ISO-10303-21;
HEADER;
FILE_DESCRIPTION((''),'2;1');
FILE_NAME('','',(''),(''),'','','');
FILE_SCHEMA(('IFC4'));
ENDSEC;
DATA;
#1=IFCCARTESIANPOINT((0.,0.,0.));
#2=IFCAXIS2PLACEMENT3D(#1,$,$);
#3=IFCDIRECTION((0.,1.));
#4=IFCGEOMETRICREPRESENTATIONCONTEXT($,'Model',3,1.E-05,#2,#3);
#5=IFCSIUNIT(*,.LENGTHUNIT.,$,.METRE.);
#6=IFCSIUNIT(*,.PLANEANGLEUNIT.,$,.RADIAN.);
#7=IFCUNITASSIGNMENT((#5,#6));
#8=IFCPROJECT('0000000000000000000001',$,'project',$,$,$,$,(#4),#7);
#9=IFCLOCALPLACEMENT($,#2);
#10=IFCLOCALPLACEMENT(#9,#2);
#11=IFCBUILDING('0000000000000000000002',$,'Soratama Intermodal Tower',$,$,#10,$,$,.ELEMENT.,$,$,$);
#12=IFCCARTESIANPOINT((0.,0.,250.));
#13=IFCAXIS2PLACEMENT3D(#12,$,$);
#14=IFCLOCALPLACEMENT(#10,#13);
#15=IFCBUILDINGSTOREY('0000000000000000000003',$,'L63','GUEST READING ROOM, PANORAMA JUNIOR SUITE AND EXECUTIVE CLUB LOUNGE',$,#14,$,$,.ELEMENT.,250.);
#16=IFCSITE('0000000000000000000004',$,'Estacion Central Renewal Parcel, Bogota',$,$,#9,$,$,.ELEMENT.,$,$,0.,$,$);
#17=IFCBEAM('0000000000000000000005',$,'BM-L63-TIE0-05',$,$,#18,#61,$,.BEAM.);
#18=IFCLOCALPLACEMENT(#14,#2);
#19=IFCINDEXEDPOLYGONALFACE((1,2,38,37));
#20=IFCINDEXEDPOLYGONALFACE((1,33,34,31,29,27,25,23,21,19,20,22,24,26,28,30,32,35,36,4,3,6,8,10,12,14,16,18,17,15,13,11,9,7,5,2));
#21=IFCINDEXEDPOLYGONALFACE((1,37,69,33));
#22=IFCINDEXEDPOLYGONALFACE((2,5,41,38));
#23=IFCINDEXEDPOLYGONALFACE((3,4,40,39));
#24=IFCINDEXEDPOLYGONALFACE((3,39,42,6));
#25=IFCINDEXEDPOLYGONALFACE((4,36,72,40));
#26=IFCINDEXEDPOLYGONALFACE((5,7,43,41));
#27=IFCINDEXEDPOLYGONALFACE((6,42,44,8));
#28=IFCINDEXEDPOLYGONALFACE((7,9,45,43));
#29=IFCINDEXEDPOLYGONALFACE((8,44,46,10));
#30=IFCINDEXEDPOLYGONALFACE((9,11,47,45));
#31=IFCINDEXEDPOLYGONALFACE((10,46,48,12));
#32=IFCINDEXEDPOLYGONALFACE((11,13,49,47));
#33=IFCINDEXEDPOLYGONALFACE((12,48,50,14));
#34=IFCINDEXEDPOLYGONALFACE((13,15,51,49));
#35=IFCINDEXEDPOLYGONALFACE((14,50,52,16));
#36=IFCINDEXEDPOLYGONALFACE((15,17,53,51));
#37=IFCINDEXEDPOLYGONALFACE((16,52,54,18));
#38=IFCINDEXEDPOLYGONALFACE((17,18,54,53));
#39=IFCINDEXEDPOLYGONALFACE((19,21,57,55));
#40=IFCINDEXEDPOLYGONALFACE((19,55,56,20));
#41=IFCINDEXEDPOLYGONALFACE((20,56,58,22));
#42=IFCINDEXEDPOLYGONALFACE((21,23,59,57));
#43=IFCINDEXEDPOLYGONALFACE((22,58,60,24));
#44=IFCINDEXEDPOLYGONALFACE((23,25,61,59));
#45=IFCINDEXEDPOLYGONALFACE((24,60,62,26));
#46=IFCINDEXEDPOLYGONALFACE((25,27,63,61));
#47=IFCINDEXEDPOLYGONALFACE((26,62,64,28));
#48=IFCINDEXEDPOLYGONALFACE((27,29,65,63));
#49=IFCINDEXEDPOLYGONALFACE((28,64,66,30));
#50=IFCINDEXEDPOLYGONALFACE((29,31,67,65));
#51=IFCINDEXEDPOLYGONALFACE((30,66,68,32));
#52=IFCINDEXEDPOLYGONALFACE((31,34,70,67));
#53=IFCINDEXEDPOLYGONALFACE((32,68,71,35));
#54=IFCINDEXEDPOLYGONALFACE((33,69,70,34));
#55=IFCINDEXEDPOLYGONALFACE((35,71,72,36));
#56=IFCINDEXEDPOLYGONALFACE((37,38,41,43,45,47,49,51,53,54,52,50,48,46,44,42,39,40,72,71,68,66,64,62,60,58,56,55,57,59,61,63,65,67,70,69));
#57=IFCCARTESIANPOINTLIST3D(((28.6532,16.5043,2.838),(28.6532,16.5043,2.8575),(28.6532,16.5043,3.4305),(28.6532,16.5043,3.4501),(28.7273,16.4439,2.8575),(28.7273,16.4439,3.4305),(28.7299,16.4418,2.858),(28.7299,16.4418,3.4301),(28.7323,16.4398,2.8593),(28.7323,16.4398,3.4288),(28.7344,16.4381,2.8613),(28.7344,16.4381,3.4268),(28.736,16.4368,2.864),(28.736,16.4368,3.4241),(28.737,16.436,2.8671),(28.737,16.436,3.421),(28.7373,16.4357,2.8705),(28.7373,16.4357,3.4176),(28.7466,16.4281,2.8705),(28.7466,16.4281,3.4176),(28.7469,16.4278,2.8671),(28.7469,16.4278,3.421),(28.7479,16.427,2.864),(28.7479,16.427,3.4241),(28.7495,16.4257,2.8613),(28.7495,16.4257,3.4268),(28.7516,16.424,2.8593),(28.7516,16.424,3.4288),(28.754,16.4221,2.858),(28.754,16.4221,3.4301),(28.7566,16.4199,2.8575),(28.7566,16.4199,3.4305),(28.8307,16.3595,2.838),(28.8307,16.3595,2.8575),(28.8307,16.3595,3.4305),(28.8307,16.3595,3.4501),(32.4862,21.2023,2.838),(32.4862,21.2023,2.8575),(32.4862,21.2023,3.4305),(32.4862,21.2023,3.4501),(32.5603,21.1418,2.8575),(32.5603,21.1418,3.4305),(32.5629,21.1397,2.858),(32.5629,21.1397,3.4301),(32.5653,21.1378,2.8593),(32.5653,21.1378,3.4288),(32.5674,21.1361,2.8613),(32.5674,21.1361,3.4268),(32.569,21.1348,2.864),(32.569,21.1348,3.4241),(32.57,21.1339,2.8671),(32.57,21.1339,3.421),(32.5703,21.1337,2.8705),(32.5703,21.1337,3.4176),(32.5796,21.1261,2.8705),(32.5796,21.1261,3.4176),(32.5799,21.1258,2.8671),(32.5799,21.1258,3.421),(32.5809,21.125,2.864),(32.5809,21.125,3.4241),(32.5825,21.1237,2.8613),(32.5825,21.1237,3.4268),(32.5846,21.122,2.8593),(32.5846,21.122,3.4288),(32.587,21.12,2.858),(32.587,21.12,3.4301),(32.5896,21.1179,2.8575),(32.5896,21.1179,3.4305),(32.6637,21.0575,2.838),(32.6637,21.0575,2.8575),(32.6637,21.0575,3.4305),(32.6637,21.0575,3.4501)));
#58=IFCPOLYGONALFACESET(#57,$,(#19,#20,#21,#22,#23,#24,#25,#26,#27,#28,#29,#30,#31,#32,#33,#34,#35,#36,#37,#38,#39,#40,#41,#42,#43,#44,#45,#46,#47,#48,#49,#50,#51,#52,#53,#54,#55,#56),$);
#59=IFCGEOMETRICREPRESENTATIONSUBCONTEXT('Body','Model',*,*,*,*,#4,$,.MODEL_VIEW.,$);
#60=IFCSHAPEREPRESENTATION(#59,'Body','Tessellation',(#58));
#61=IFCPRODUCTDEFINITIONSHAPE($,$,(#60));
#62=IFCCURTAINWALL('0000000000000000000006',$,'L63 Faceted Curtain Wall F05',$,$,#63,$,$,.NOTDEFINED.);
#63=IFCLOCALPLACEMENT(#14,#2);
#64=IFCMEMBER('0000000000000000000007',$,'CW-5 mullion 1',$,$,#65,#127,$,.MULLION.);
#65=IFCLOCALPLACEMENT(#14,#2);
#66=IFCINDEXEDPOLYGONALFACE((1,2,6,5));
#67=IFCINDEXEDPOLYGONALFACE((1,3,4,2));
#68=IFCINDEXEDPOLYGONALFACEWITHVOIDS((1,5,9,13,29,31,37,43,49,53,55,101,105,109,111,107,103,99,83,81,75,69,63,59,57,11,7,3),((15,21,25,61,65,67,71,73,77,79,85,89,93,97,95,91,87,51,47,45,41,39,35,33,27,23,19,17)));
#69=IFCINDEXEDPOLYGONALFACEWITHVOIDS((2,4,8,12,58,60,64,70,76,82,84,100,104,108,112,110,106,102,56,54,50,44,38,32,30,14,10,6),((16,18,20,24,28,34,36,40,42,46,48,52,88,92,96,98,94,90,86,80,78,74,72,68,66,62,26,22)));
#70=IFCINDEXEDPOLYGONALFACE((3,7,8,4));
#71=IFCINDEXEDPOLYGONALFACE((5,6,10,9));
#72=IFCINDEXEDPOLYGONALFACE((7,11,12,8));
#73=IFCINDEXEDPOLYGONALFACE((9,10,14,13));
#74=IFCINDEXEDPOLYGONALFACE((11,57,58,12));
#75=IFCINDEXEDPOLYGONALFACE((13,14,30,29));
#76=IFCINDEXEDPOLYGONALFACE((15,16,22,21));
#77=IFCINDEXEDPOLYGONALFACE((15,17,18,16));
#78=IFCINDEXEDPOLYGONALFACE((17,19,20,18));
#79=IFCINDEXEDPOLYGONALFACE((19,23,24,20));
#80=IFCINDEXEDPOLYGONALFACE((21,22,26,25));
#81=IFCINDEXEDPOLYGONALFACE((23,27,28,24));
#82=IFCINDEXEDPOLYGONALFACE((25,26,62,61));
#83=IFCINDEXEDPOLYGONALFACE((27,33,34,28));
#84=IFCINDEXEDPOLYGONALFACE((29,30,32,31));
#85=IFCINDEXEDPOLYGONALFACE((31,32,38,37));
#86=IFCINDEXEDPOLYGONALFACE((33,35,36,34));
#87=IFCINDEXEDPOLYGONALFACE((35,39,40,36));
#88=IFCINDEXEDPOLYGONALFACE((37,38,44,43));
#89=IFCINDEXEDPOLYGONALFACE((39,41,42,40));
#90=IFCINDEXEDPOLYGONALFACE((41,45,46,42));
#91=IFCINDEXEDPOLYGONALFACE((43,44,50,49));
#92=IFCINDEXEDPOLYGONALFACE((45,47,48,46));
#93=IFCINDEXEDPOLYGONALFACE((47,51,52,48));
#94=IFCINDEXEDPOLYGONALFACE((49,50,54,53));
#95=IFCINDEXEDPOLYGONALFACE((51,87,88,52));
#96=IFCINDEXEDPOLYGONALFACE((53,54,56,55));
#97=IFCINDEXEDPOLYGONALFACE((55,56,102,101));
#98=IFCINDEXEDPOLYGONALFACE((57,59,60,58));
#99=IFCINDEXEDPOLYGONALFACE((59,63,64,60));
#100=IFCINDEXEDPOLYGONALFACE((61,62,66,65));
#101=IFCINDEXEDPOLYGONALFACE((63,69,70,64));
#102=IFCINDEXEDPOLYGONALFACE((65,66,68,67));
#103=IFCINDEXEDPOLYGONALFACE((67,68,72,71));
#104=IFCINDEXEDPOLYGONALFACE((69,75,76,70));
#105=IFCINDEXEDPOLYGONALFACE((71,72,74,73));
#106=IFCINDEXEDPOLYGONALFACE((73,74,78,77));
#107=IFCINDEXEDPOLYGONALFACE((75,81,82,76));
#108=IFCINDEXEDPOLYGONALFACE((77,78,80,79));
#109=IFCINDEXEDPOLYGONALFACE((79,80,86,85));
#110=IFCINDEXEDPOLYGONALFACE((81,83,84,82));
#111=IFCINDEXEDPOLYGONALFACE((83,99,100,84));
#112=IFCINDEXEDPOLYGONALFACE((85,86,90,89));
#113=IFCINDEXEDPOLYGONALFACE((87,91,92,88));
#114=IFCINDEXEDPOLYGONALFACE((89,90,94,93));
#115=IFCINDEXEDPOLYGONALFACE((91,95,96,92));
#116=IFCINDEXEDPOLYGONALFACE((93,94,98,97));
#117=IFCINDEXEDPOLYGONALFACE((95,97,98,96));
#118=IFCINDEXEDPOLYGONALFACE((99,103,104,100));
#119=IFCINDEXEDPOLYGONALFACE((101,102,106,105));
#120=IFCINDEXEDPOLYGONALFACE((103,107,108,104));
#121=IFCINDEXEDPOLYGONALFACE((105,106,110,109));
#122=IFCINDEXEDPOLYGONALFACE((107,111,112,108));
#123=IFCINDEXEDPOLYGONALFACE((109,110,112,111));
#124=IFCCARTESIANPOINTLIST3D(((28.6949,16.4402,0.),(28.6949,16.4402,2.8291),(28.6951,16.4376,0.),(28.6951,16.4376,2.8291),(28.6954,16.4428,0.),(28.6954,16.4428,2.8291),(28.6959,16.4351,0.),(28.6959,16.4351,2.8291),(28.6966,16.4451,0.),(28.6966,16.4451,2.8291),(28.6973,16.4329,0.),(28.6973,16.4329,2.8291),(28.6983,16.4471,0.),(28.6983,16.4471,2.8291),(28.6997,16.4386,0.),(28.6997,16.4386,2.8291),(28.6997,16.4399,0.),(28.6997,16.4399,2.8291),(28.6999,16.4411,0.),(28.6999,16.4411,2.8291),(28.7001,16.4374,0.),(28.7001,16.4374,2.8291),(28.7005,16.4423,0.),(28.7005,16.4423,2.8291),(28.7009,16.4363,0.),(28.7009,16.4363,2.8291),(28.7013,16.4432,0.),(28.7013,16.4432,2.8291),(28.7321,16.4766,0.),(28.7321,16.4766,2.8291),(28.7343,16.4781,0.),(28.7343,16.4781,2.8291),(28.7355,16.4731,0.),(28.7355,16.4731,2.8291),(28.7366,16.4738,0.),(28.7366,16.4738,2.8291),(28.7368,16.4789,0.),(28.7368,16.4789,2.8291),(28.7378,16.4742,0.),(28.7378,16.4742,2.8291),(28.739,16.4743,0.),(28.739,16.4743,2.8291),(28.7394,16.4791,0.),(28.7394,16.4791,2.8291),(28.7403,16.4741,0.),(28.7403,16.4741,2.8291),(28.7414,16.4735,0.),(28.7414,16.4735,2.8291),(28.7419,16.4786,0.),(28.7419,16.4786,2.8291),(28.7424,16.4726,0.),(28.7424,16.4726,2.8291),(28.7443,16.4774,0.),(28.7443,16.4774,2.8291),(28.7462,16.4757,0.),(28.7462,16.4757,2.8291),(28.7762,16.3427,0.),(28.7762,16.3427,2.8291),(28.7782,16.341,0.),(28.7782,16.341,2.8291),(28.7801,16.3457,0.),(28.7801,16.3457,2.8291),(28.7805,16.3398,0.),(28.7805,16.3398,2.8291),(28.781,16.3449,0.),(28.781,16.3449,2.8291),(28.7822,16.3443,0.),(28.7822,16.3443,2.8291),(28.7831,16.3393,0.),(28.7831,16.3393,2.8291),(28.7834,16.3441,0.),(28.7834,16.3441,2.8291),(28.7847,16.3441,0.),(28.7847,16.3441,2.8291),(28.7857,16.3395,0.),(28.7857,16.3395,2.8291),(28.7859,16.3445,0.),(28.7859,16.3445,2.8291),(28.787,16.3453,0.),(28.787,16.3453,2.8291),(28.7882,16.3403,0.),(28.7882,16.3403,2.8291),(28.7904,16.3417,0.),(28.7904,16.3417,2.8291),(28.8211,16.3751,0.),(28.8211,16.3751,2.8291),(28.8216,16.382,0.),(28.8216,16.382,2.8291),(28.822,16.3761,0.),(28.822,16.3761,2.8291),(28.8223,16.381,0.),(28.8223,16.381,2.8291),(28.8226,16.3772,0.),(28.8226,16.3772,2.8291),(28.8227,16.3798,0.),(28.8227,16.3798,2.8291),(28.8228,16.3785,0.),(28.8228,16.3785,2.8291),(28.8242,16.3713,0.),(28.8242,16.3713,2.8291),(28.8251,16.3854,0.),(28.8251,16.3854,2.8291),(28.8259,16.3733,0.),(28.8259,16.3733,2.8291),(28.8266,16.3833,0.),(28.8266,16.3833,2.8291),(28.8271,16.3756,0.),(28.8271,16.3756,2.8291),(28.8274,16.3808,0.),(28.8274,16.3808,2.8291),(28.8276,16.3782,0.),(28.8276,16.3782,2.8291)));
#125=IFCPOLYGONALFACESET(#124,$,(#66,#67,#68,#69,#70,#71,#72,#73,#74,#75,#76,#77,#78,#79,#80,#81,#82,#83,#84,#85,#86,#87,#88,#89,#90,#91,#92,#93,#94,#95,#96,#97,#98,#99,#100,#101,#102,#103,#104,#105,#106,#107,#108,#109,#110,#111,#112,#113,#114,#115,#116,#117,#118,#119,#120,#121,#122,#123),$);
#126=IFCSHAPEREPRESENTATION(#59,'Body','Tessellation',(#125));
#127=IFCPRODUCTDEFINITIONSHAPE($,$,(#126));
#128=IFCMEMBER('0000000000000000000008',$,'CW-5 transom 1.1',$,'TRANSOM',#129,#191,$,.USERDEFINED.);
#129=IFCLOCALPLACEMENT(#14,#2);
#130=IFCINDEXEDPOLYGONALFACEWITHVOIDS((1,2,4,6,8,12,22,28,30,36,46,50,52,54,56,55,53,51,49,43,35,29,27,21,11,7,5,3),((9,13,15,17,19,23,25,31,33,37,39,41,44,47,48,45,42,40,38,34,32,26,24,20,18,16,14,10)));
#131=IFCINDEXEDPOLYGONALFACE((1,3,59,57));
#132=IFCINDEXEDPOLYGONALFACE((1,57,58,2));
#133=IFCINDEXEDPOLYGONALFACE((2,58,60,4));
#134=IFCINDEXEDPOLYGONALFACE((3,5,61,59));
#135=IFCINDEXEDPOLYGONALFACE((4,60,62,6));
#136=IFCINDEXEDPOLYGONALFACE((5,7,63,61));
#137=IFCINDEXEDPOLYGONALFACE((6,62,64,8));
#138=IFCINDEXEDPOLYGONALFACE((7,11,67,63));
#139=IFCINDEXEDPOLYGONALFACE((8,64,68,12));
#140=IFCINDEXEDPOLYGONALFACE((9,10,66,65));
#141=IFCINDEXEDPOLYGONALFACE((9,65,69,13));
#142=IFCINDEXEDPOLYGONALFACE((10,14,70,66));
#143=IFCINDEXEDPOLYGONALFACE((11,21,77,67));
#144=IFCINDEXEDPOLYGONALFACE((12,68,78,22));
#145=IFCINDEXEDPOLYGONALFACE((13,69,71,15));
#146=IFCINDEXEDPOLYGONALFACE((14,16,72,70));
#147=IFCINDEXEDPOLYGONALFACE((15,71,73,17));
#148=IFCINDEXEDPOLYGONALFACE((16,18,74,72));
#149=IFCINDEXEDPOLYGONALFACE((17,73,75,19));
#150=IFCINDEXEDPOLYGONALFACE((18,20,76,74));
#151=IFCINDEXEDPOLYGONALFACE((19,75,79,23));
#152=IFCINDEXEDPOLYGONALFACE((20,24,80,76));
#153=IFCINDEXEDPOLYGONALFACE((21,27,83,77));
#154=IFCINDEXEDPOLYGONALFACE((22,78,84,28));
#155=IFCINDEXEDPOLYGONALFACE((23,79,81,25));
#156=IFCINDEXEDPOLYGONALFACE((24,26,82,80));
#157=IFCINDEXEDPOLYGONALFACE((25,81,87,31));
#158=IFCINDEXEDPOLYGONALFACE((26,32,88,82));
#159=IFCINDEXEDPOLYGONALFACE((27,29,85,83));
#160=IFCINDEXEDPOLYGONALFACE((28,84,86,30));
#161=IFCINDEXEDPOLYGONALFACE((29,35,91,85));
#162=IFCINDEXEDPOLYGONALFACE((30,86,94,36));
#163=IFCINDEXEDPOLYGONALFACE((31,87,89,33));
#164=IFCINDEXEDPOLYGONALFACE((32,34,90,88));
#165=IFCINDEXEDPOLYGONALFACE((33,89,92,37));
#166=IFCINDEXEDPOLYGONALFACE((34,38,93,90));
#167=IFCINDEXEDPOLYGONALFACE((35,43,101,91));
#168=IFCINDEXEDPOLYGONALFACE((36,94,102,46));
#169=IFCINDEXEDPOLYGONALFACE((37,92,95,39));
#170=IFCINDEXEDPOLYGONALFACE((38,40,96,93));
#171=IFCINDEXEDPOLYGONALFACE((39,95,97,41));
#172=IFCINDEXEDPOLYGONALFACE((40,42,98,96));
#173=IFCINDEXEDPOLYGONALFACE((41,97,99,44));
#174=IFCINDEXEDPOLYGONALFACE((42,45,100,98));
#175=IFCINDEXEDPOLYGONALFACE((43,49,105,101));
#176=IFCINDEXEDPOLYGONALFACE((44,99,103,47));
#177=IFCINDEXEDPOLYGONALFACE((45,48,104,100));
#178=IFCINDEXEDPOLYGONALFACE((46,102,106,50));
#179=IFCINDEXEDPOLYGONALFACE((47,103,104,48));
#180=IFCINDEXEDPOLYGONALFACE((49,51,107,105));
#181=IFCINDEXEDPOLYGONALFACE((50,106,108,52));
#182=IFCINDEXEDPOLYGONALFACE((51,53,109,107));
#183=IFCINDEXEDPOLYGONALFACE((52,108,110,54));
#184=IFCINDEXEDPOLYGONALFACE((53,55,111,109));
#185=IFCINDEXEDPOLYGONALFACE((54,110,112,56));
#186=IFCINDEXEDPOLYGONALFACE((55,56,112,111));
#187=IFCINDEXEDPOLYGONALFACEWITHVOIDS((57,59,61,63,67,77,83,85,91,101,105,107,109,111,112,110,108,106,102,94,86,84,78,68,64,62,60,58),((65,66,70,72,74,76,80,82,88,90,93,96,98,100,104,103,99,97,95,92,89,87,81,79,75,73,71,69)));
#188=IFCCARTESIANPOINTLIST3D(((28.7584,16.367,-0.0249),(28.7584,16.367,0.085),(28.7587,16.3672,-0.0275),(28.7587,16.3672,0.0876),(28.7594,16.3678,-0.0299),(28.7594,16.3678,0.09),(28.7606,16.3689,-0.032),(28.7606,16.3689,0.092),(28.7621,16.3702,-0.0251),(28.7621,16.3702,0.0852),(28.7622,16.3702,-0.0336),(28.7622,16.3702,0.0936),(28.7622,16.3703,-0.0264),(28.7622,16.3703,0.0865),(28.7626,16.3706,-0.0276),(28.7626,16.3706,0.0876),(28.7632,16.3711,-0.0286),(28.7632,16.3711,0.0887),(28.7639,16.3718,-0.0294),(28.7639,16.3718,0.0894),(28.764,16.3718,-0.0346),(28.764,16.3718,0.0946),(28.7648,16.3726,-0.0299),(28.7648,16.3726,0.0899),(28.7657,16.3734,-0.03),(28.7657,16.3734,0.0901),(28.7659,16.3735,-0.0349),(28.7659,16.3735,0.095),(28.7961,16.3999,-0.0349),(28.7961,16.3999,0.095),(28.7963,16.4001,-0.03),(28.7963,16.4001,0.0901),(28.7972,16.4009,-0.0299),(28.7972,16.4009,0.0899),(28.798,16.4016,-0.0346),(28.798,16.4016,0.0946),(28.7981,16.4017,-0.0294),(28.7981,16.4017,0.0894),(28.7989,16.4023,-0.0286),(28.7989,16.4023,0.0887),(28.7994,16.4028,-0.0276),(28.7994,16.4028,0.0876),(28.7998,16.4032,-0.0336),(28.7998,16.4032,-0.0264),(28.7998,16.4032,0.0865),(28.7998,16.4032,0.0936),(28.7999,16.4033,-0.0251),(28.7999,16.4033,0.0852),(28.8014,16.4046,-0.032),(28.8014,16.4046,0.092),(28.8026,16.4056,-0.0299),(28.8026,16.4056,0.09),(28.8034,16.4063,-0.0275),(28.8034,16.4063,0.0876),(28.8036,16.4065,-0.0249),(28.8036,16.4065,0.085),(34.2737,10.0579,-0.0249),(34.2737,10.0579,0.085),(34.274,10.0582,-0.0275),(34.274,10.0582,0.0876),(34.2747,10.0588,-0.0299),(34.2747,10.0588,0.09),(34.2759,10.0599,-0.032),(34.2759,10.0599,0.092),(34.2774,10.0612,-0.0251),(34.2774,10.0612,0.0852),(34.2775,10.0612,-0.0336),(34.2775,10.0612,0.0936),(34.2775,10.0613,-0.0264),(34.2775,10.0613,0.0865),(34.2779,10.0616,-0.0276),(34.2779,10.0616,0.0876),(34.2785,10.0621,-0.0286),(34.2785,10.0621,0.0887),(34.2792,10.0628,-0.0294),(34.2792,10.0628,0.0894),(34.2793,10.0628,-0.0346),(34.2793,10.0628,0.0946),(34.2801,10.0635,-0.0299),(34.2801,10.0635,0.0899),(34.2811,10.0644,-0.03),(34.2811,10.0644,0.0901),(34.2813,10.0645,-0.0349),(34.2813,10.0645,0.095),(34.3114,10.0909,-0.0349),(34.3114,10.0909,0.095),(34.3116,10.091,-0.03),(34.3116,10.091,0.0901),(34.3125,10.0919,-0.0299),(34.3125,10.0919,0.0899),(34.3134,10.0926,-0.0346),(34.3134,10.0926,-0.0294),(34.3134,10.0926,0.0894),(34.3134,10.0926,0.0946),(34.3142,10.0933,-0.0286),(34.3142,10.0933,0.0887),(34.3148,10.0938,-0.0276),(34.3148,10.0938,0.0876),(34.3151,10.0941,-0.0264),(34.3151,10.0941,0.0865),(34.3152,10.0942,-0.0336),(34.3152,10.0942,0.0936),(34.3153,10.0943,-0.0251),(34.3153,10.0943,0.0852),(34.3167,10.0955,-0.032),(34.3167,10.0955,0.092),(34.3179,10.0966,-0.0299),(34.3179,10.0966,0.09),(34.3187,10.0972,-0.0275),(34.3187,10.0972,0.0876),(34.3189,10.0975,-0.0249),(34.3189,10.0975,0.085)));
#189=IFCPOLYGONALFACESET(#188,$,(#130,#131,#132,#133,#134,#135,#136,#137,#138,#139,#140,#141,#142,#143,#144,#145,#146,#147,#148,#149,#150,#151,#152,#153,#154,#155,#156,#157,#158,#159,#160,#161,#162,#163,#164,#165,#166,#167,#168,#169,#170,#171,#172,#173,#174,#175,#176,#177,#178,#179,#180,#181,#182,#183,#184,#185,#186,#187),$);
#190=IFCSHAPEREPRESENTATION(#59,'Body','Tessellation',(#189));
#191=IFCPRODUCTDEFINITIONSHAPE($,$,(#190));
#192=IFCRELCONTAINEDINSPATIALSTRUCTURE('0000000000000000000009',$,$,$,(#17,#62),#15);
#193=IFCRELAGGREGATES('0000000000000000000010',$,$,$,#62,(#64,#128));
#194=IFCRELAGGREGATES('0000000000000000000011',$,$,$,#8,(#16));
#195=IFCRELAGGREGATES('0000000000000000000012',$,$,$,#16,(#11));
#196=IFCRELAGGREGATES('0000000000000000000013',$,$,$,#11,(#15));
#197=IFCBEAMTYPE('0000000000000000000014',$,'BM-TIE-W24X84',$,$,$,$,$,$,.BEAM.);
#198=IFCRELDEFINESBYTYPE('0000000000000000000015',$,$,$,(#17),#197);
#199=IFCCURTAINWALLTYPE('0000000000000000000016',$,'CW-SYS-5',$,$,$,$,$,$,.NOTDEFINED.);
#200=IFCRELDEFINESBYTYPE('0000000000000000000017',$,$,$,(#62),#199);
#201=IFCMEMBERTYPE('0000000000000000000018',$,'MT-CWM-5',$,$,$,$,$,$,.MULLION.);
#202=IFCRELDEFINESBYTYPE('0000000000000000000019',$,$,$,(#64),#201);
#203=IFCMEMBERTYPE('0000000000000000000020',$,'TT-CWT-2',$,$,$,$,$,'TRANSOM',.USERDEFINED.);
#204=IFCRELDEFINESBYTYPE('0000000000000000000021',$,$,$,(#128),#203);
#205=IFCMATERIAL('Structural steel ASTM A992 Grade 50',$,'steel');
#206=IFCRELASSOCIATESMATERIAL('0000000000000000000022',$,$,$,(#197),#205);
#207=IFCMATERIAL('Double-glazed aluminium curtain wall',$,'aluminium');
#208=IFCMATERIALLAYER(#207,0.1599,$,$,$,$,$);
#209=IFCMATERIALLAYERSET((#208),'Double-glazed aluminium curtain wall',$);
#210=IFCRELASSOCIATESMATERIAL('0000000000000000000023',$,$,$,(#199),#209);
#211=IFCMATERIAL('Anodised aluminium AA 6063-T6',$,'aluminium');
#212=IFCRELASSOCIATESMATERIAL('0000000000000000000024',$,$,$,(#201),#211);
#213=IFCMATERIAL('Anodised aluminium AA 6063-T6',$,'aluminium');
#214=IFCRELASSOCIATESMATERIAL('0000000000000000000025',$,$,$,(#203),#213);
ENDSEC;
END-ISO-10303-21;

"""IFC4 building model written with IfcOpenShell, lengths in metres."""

from ifc_helpers import new_model, si_unit, direction, frame, origin, origin_2d, place, context, subcontext, project, spatial, hollow_rectangle, i_section, extrude, material, layer, layer_set, material_profile, profile_set, type_object, element, aggregate, save


model = new_model("IFC4")

# Units and contexts
model_context = context("Model", 3, precision=1e-05, world=origin(), true_north=direction((0.0, 1.0)))
body_context = subcontext(model_context, "Body", "Model", "MODEL_VIEW")
ifc_project = project(units=[si_unit("LENGTHUNIT", "METRE"), si_unit("PLANEANGLEUNIT", "RADIAN")], contexts=[model_context])

# Site, building, storey
site_placement = place(None, origin())
site = spatial("IfcSite", under=ifc_project, at=site_placement, Name="Estacion Central Renewal Parcel, Bogota", CompositionType="ELEMENT", RefElevation=0.0)
building_placement = place(site_placement, origin())
building = spatial("IfcBuilding", under=site, at=building_placement, Name="Soratama Intermodal Tower", CompositionType="ELEMENT")
storey_placement = place(building_placement, frame((0.0, 0.0, 250.0)))
storey = spatial("IfcBuildingStorey", under=building, at=storey_placement, Name="L63", Description="GUEST READING ROOM, PANORAMA JUNIOR SUITE AND EXECUTIVE CLUB LOUNGE", CompositionType="ELEMENT", Elevation=250.0)

# Beam
ifc_material_1 = material(Name="Structural steel ASTM A992 Grade 50", Category="steel")
ifc_material_profile_1 = material_profile(ifc_material_1, i_section(OverallWidth=0.229, OverallDepth=0.6121, WebThickness=0.012, FlangeThickness=0.0195, FilletRadius=0.0129, at=origin_2d()), Name="W24X84")
ifc_profile_set_1 = profile_set([ifc_material_profile_1], Name="Structural steel ASTM A992 Grade 50")
beam_type_1 = type_object("IfcBeamType", Name="BM-TIE-W24X84", PredefinedType="BEAM", material=ifc_profile_set_1)
beam_1_placement = place(storey_placement, frame((32.575, 21.1299, 3.144), z_axis=(-0.632169, -0.77483, 0.0), x_axis=(0.77483, -0.632169, 0.0)))
element("IfcBeam", 1, at=beam_1_placement, inside=storey, type_object=beam_type_1, Name="BM-L63-TIE0-05", PredefinedType="BEAM", context=body_context, shape_type="SweptSolid", body=[
    extrude(i_section(OverallWidth=0.229, OverallDepth=0.6121, WebThickness=0.012, FlangeThickness=0.0195, FilletRadius=0.0129, at=origin_2d()), origin(), (0.0, 0.0, 1.0), 6.0632),
])

# Curtain wall, members
ifc_material_2 = material(Name="Double-glazed aluminium curtain wall", Category="aluminium")
ifc_layer_1 = layer(ifc_material_2, 0.1599)
ifc_layer_set_1 = layer_set([ifc_layer_1], Name="Double-glazed aluminium curtain wall")
curtain_wall_type = type_object("IfcCurtainWallType", Name="CW-SYS-5", PredefinedType="NOTDEFINED", material=ifc_layer_set_1)
curtain_wall_placement = place(storey_placement, origin())
curtain_wall = element("IfcCurtainWall", 2, at=curtain_wall_placement, inside=storey, type_object=curtain_wall_type, Name="L63 Faceted Curtain Wall F05", PredefinedType="NOTDEFINED")
ifc_material_3 = material(Name="Anodised aluminium AA 6063-T6", Category="aluminium")
ifc_material_profile_2 = material_profile(ifc_material_3, hollow_rectangle(XDim=0.0649, YDim=0.1399, WallThickness=0.0049, InnerFilletRadius=0.0049, OuterFilletRadius=0.01, at=origin_2d()), Name="CWM140X65X5")
ifc_profile_set_2 = profile_set([ifc_material_profile_2], Name="Anodised aluminium AA 6063-T6")
member_type_1 = type_object("IfcMemberType", Name="MT-CWM-5", PredefinedType="MULLION", material=ifc_profile_set_2)
member_1_placement = place(storey_placement, frame((28.7612, 16.4092, 0.0), z_axis=(0.0, 0.0, 1.0), x_axis=(0.752879, 0.658159, 0.0)))
member_1 = element("IfcMember", 3, at=member_1_placement, type_object=member_type_1, Name="CW-5 mullion 1", PredefinedType="MULLION", context=body_context, shape_type="SweptSolid", body=[
    extrude(hollow_rectangle(XDim=0.0649, YDim=0.1399, WallThickness=0.0049, InnerFilletRadius=0.0049, OuterFilletRadius=0.01, at=origin_2d()), origin(), (0.0, 0.0, 1.0), 2.8291),
])
ifc_material_4 = material(Name="Anodised aluminium AA 6063-T6", Category="aluminium")
ifc_material_profile_3 = material_profile(ifc_material_4, hollow_rectangle(XDim=0.0601, YDim=0.1299, WallThickness=0.0049, InnerFilletRadius=0.0049, OuterFilletRadius=0.01, at=origin_2d()), Name="CWT130X60X5")
ifc_profile_set_3 = profile_set([ifc_material_profile_3], Name="Anodised aluminium AA 6063-T6")
member_type_2 = type_object("IfcMemberType", Name="TT-CWT-2", ElementType="TRANSOM", PredefinedType="USERDEFINED", material=ifc_profile_set_3)
member_2_placement = place(storey_placement, frame((28.781, 16.3867, 0.03), z_axis=(0.658162, -0.752876, 0.0), x_axis=(0.752876, 0.658162, 0.0)))
member_2 = element("IfcMember", 4, at=member_2_placement, type_object=member_type_2, Name="CW-5 transom 1.1", ObjectType="TRANSOM", PredefinedType="USERDEFINED", context=body_context, shape_type="SweptSolid", body=[
    extrude(hollow_rectangle(XDim=0.0601, YDim=0.1299, WallThickness=0.0049, InnerFilletRadius=0.0049, OuterFilletRadius=0.01, at=origin_2d()), origin(), (0.0, 0.0, 1.0), 8.3799),
])
aggregate(curtain_wall, [member_1, member_2])

save(model, "model.ifc")
